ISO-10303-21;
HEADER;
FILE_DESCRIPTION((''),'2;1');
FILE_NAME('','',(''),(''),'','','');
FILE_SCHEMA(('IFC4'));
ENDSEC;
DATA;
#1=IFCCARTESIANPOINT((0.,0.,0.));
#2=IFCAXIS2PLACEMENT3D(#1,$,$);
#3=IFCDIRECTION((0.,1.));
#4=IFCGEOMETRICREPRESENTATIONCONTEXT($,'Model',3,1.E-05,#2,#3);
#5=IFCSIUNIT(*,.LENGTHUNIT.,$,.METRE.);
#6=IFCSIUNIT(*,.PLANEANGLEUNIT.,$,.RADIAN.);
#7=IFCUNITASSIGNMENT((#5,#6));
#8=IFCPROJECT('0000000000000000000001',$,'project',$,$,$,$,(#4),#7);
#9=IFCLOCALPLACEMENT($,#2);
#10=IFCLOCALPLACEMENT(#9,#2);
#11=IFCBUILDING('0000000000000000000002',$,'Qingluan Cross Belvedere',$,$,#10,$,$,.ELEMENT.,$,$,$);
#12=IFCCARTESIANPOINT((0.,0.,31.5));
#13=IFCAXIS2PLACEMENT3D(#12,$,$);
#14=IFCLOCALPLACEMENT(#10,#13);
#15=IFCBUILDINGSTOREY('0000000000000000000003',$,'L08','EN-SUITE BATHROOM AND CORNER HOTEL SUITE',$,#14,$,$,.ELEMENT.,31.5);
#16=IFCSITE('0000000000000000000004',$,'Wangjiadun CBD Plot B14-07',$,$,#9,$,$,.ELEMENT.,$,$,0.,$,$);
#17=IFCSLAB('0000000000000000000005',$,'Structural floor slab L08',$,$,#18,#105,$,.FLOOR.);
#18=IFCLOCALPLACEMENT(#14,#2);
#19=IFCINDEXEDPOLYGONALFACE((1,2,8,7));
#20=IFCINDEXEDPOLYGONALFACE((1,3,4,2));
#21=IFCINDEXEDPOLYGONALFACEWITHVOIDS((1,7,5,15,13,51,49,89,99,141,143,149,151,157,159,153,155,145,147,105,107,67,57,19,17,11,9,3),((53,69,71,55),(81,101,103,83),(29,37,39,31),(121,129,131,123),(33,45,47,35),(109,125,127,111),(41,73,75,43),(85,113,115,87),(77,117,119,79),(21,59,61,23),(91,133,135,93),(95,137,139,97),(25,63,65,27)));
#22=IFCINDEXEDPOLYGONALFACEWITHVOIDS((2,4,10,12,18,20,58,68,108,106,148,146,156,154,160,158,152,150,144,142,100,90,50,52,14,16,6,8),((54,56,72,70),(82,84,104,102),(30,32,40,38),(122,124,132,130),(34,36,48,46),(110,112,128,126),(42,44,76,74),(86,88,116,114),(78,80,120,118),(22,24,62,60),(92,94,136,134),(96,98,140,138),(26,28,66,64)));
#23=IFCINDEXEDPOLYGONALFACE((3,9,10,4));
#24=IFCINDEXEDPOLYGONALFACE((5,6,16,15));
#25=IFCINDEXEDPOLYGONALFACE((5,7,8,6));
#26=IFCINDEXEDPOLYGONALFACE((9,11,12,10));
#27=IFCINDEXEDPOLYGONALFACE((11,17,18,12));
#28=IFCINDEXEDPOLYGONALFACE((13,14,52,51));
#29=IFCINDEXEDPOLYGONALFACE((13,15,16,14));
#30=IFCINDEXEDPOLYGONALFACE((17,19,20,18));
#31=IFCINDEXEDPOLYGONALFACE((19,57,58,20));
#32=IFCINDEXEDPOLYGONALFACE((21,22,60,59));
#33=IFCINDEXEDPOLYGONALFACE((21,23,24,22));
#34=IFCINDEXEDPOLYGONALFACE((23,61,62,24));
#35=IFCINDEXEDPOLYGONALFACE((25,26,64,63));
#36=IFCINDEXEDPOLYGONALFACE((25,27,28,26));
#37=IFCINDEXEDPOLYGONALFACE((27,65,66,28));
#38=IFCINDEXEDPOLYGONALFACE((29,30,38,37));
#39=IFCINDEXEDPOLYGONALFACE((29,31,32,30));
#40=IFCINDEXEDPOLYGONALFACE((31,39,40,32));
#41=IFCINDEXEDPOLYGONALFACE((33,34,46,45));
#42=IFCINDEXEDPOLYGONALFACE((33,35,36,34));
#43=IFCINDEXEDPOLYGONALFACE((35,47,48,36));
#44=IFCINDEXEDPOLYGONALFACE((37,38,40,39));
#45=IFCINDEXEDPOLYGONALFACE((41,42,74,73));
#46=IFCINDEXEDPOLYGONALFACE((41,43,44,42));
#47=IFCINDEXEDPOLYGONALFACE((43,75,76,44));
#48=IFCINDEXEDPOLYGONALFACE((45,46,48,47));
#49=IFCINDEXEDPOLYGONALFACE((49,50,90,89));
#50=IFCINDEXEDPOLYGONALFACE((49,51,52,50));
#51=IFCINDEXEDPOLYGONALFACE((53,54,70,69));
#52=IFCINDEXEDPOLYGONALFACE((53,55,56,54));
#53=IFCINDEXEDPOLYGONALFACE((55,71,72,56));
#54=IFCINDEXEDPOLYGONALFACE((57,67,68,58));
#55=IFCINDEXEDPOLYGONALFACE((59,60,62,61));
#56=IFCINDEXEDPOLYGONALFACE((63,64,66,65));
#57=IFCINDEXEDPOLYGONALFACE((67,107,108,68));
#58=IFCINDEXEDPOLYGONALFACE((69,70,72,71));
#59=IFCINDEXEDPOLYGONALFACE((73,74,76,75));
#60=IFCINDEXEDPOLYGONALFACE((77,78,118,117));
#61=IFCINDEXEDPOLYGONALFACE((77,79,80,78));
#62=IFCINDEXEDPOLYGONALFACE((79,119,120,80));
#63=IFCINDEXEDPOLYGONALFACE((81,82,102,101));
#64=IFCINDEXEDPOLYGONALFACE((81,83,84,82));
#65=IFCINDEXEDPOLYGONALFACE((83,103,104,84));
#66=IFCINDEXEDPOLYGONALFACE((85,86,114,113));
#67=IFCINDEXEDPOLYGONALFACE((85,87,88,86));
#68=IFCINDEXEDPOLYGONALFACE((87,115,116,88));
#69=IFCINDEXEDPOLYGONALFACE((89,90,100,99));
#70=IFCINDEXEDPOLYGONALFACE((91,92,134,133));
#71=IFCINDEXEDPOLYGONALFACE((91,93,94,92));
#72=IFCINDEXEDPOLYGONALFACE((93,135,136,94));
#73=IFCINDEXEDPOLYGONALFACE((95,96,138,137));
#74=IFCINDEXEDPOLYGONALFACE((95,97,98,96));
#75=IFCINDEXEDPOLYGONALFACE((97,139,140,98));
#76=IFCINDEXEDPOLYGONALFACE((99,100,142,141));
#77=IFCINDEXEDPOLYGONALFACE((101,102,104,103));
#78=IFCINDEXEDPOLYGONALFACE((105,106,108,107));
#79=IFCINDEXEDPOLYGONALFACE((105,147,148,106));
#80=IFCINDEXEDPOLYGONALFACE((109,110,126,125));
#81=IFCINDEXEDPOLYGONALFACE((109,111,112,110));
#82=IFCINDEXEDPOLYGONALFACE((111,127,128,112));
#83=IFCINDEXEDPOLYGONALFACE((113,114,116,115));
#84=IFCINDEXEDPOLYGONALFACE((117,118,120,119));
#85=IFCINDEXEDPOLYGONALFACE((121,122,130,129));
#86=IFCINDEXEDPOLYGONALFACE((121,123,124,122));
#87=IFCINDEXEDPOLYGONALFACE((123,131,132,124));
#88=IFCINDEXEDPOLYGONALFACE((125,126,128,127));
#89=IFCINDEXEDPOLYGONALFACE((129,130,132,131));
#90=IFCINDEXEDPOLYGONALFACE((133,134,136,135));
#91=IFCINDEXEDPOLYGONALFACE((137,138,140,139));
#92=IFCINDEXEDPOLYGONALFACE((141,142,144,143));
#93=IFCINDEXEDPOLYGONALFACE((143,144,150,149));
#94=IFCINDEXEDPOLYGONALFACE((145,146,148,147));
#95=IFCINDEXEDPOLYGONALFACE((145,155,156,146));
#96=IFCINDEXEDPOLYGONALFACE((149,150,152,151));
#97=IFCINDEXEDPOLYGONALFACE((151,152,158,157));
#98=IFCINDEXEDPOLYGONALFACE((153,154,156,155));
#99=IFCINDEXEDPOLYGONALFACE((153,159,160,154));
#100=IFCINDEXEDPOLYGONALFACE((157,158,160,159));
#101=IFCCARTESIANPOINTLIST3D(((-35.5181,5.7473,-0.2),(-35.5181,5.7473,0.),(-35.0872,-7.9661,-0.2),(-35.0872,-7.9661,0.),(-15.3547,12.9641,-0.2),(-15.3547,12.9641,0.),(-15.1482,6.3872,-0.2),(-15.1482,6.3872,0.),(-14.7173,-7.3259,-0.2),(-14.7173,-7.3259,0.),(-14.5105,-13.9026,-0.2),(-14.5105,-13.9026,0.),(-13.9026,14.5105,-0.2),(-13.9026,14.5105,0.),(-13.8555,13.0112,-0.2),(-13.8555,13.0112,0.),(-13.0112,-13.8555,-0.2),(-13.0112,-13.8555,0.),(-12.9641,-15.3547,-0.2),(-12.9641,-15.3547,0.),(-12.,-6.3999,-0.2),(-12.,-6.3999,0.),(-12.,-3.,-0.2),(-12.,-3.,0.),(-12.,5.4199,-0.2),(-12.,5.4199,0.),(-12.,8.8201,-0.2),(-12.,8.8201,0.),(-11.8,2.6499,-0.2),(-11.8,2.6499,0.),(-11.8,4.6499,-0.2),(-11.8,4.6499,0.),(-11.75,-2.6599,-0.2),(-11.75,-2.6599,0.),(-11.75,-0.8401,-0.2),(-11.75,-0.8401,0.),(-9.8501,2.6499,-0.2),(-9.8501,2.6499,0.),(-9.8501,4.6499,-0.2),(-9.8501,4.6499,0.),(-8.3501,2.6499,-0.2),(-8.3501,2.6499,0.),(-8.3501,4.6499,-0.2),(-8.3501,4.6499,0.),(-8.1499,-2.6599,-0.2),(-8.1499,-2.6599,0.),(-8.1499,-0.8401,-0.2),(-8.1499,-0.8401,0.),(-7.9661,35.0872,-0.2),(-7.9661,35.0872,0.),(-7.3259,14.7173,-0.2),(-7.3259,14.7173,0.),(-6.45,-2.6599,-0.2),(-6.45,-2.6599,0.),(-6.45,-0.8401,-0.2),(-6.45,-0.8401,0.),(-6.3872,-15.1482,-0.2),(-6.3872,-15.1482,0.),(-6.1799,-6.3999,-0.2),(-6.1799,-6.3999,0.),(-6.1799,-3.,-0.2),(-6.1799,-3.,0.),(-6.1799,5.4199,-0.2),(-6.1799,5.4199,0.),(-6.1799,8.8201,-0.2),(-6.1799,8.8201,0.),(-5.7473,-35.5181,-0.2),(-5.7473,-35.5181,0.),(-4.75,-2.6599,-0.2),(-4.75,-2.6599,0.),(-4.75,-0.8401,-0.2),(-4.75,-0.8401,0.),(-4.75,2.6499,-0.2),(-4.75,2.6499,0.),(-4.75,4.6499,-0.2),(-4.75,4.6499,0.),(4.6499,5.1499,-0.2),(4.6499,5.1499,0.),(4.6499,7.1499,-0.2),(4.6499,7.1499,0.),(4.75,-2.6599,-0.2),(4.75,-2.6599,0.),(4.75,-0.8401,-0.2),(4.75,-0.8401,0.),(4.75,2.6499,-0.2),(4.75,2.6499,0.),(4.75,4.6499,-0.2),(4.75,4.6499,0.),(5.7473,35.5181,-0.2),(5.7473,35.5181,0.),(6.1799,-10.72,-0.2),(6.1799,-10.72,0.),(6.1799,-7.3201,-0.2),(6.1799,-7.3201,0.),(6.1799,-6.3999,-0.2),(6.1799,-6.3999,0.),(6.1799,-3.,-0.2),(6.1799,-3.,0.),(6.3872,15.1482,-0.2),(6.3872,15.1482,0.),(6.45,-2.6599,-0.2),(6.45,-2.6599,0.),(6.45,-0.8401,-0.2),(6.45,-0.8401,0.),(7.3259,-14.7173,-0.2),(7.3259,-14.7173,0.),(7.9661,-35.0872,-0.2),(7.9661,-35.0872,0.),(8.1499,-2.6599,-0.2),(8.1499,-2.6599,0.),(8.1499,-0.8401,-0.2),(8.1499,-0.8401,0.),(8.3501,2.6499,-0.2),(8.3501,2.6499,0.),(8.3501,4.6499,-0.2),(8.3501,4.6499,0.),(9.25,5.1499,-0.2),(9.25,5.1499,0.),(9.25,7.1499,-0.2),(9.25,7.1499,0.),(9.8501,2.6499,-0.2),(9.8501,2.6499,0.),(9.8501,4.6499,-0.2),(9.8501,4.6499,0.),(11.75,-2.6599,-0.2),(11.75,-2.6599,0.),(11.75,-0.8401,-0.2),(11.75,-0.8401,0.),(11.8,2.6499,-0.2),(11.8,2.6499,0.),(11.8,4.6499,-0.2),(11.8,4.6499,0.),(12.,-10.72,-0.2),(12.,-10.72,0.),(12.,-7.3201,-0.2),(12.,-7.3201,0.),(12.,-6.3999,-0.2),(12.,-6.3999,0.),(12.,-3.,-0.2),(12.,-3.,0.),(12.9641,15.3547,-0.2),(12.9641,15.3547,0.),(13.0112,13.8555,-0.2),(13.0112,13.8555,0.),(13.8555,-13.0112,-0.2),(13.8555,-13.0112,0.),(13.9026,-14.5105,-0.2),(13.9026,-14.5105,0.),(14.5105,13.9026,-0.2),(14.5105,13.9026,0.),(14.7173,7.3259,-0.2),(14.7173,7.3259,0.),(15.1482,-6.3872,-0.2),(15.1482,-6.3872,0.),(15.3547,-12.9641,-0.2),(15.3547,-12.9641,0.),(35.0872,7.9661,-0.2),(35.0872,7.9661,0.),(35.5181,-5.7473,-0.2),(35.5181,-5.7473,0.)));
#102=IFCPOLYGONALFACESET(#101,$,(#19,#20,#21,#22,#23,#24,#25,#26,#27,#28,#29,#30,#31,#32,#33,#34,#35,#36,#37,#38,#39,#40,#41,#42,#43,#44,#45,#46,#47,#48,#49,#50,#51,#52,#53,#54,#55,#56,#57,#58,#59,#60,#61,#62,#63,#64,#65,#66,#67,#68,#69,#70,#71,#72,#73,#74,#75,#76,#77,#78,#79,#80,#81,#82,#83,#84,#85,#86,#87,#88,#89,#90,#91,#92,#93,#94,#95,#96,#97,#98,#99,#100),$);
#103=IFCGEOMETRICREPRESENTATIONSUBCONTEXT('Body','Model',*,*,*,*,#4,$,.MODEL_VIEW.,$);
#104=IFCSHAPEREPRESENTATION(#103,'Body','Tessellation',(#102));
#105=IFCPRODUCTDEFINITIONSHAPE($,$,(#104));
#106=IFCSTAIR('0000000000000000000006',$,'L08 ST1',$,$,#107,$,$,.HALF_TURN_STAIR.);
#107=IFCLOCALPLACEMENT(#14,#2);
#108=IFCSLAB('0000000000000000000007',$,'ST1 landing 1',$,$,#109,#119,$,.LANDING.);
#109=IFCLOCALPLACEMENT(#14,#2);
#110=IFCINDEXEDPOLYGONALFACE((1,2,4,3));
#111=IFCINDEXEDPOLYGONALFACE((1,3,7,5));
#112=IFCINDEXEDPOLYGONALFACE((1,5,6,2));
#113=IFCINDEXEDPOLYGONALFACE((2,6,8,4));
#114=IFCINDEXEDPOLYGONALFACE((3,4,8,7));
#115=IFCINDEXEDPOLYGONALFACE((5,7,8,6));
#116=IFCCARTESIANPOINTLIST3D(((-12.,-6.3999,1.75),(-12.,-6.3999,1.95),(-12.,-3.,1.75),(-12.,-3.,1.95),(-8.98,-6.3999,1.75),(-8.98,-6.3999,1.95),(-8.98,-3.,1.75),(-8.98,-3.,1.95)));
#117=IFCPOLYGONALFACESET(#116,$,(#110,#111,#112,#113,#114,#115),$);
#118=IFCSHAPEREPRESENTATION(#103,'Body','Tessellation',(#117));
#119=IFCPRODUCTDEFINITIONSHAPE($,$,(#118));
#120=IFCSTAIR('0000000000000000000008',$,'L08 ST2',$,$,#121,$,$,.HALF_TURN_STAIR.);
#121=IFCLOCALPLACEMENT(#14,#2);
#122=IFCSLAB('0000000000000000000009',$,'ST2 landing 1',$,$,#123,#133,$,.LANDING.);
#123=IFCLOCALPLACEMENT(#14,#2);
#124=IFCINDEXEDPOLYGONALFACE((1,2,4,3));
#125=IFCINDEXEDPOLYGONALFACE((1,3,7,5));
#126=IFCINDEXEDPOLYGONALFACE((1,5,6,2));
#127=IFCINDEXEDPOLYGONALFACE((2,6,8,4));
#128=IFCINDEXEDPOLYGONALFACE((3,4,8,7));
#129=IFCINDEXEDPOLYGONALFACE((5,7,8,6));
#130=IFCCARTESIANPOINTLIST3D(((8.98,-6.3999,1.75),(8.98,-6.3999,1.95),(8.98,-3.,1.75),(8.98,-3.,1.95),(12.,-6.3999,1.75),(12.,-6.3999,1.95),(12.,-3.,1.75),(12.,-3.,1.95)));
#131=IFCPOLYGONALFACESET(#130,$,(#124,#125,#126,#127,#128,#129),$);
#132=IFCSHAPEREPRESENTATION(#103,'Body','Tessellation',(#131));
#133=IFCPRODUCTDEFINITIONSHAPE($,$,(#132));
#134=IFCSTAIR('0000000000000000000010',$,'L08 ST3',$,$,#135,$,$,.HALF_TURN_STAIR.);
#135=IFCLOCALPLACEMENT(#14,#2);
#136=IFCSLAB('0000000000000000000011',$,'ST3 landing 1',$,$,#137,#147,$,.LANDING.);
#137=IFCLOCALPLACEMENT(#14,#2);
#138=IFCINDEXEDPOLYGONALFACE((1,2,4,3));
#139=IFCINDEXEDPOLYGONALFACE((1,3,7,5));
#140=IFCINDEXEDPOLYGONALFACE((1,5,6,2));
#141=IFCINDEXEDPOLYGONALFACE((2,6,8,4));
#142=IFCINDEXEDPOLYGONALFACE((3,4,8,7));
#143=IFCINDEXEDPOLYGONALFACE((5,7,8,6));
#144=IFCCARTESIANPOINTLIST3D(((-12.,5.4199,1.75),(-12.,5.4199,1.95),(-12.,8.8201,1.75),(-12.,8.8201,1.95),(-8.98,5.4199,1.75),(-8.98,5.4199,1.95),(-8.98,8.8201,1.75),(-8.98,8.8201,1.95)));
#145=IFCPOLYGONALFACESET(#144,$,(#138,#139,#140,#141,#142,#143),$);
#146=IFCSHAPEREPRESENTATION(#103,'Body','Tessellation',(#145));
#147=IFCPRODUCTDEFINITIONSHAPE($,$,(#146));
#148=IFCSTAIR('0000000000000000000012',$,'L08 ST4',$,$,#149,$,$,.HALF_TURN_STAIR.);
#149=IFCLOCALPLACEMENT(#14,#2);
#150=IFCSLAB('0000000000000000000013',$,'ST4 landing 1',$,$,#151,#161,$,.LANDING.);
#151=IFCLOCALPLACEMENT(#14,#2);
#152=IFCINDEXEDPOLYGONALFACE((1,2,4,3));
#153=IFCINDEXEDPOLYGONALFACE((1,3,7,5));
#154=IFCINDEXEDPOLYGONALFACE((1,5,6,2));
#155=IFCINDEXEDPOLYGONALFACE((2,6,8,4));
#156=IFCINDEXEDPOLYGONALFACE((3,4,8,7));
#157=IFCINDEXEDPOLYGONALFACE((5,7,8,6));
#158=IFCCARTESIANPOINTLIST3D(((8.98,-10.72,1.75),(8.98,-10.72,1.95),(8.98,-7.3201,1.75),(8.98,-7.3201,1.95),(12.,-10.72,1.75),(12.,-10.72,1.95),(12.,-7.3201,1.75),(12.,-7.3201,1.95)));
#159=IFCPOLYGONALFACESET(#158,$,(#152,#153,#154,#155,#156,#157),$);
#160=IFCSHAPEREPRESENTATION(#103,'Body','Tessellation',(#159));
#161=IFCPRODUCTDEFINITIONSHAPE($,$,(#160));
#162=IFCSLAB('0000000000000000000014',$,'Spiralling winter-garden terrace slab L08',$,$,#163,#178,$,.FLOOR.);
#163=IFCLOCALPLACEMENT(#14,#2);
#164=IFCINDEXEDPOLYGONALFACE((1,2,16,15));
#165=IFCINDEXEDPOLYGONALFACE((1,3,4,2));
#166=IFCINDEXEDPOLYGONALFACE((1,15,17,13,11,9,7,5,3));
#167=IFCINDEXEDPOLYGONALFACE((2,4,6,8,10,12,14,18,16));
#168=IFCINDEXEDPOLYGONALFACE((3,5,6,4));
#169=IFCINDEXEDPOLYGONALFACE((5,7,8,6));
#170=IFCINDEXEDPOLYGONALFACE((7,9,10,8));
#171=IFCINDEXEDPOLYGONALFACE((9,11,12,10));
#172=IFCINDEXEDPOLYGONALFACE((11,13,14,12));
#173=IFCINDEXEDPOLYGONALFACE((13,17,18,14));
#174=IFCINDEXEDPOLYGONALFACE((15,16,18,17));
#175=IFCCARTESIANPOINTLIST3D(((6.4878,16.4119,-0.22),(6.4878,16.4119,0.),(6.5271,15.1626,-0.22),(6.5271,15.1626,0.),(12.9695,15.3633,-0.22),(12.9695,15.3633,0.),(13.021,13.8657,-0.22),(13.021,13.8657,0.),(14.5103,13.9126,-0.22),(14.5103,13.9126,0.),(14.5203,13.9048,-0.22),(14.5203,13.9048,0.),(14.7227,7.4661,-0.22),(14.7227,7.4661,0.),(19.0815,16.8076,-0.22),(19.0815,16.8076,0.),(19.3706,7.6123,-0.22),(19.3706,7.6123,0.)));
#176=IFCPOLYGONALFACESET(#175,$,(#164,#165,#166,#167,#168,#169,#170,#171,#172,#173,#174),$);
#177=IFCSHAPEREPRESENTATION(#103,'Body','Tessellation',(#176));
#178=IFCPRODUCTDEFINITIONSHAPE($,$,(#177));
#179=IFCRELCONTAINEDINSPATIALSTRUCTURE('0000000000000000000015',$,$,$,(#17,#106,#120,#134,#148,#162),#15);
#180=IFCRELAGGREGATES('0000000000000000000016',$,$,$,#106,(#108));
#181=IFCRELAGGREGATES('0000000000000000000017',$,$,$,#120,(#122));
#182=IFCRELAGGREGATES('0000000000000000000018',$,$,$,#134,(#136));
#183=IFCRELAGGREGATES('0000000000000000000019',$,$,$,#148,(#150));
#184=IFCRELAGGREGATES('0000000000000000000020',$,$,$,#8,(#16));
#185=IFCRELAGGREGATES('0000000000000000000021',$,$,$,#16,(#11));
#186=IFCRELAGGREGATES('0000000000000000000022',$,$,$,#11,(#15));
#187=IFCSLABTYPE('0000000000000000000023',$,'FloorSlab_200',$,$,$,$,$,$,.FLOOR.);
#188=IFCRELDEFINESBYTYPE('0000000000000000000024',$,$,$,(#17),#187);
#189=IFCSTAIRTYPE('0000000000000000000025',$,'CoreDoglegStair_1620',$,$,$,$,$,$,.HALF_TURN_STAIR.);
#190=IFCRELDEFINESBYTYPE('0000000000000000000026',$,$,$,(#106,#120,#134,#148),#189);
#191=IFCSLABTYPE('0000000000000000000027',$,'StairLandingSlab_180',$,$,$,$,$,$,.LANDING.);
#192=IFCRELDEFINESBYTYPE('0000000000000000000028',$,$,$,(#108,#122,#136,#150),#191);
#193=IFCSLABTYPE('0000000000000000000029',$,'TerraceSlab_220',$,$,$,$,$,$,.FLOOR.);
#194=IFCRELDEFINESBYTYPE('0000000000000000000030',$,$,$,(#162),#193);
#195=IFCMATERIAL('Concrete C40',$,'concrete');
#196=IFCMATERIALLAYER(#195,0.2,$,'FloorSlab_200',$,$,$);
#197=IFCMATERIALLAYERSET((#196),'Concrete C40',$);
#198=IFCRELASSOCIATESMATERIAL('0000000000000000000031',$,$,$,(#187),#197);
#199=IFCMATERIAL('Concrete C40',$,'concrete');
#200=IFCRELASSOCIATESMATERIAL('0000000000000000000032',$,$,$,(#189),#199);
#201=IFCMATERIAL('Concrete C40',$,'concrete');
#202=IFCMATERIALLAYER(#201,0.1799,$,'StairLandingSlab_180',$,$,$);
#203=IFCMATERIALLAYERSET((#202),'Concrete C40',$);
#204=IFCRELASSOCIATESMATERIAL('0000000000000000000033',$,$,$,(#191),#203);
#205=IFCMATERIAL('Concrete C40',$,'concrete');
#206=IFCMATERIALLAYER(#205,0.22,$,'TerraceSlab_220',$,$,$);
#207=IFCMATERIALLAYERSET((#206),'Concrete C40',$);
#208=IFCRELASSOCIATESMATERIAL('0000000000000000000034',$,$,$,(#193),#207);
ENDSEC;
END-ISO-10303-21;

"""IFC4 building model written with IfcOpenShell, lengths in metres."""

from ifc_helpers import new_model, si_unit, direction, frame, origin, place, context, subcontext, project, spatial, polyline, outline, extrude, material, layer, layer_set, type_object, element, aggregate, save


model = new_model("IFC4")

# Units and contexts
model_context = context("Model", 3, precision=1e-05, world=origin(), true_north=direction((0.0, 1.0)))
body_context = subcontext(model_context, "Body", "Model", "MODEL_VIEW")
ifc_project = project(units=[si_unit("LENGTHUNIT", "METRE"), si_unit("PLANEANGLEUNIT", "RADIAN")], contexts=[model_context])

# Site, building, storey
site_placement = place(None, origin())
site = spatial("IfcSite", under=ifc_project, at=site_placement, Name="Wangjiadun CBD Plot B14-07", CompositionType="ELEMENT", RefElevation=0.0)
building_placement = place(site_placement, origin())
building = spatial("IfcBuilding", under=site, at=building_placement, Name="Qingluan Cross Belvedere", CompositionType="ELEMENT")
storey_placement = place(building_placement, frame((0.0, 0.0, 31.5)))
storey = spatial("IfcBuildingStorey", under=building, at=storey_placement, Name="L08", Description="EN-SUITE BATHROOM AND CORNER HOTEL SUITE", CompositionType="ELEMENT", Elevation=31.5)

# Slab
ifc_material_1 = material(Name="Concrete C40", Category="concrete")
ifc_layer_1 = layer(ifc_material_1, 0.2, Name="FloorSlab_200")
ifc_layer_set_1 = layer_set([ifc_layer_1], Name="Concrete C40")
slab_type_1 = type_object("IfcSlabType", Name="FloorSlab_200", PredefinedType="FLOOR", material=ifc_layer_set_1)
slab_1_placement = place(storey_placement, frame((0.0, 0.0, -0.2)))
element("IfcSlab", 1, at=slab_1_placement, inside=storey, type_object=slab_type_1, Name="Structural floor slab L08", PredefinedType="FLOOR", context=body_context, shape_type="SweptSolid", body=[
    extrude(outline(polyline([(7.9661, -35.0872), (7.3259, -14.7173), (13.9026, -14.5105), (13.8555, -13.0112), (15.3547, -12.9641), (15.1482, -6.3872), (35.5181, -5.7473), (35.0872, 7.9661), (14.7173, 7.3259), (14.5105, 13.9026), (13.0112, 13.8555), (12.9641, 15.3547), (6.3872, 15.1482), (5.7473, 35.5181), (-7.9661, 35.0872), (-7.3259, 14.7173), (-13.9026, 14.5105), (-13.8555, 13.0112), (-15.3547, 12.9641), (-15.1482, 6.3872), (-35.5181, 5.7473), (-35.0872, -7.9661), (-14.7173, -7.3259), (-14.5105, -13.9026), (-13.0112, -13.8555), (-12.9641, -15.3547), (-6.3872, -15.1482), (-5.7473, -35.5181), (7.9661, -35.0872)]), holes=[polyline([(-12.0, -3.0), (-6.1799, -3.0), (-6.1799, -6.3999), (-12.0, -6.3999), (-12.0, -3.0)]), polyline([(6.1799, -3.0), (12.0, -3.0), (12.0, -6.3999), (6.1799, -6.3999), (6.1799, -3.0)]), polyline([(-12.0, 8.8201), (-6.1799, 8.8201), (-6.1799, 5.4199), (-12.0, 5.4199), (-12.0, 8.8201)]), polyline([(6.1799, -7.3201), (12.0, -7.3201), (12.0, -10.72), (6.1799, -10.72), (6.1799, -7.3201)]), polyline([(-11.8, 4.6499), (-9.8501, 4.6499), (-9.8501, 2.6499), (-11.8, 2.6499), (-11.8, 4.6499)]), polyline([(-8.3501, 4.6499), (-4.75, 4.6499), (-4.75, 2.6499), (-8.3501, 2.6499), (-8.3501, 4.6499)]), polyline([(4.75, 4.6499), (8.3501, 4.6499), (8.3501, 2.6499), (4.75, 2.6499), (4.75, 4.6499)]), polyline([(9.8501, 4.6499), (11.8, 4.6499), (11.8, 2.6499), (9.8501, 2.6499), (9.8501, 4.6499)]), polyline([(-11.75, -0.8401), (-8.1499, -0.8401), (-8.1499, -2.6599), (-11.75, -2.6599), (-11.75, -0.8401)]), polyline([(-6.45, -0.8401), (-4.75, -0.8401), (-4.75, -2.6599), (-6.45, -2.6599), (-6.45, -0.8401)]), polyline([(4.75, -0.8401), (6.45, -0.8401), (6.45, -2.6599), (4.75, -2.6599), (4.75, -0.8401)]), polyline([(8.1499, -0.8401), (11.75, -0.8401), (11.75, -2.6599), (8.1499, -2.6599), (8.1499, -0.8401)]), polyline([(4.6499, 7.1499), (9.25, 7.1499), (9.25, 5.1499), (4.6499, 5.1499), (4.6499, 7.1499)])]), origin(), (0.0, 0.0, 1.0), 0.2),
])

# Stairs, slabs
ifc_material_2 = material(Name="Concrete C40", Category="concrete")
stair_type = type_object("IfcStairType", Name="CoreDoglegStair_1620", PredefinedType="HALF_TURN_STAIR", material=ifc_material_2)
stair_1_placement = place(storey_placement, origin())
stair_1 = element("IfcStair", 2, at=stair_1_placement, inside=storey, type_object=stair_type, Name="L08 ST1", PredefinedType="HALF_TURN_STAIR")
ifc_material_3 = material(Name="Concrete C40", Category="concrete")
ifc_layer_2 = layer(ifc_material_3, 0.1799, Name="StairLandingSlab_180")
ifc_layer_set_2 = layer_set([ifc_layer_2], Name="Concrete C40")
slab_type_2 = type_object("IfcSlabType", Name="StairLandingSlab_180", PredefinedType="LANDING", material=ifc_layer_set_2)
slab_2_placement = place(storey_placement, frame((0.0, 0.0, 1.75)))
slab_2 = element("IfcSlab", 3, at=slab_2_placement, type_object=slab_type_2, Name="ST1 landing 1", PredefinedType="LANDING", context=body_context, shape_type="SweptSolid", body=[
    extrude(outline(polyline([(-8.98, -3.0), (-12.0, -3.0), (-12.0, -6.3999), (-8.98, -6.3999), (-8.98, -3.0)])), origin(), (0.0, 0.0, 1.0), 0.2),
])
aggregate(stair_1, [slab_2])
stair_2_placement = place(storey_placement, origin())
stair_2 = element("IfcStair", 4, at=stair_2_placement, inside=storey, type_object=stair_type, Name="L08 ST2", PredefinedType="HALF_TURN_STAIR")
slab_3_placement = place(storey_placement, frame((0.0, 0.0, 1.75)))
slab_3 = element("IfcSlab", 5, at=slab_3_placement, type_object=slab_type_2, Name="ST2 landing 1", PredefinedType="LANDING", context=body_context, shape_type="SweptSolid", body=[
    extrude(outline(polyline([(8.98, -6.3999), (12.0, -6.3999), (12.0, -3.0), (8.98, -3.0), (8.98, -6.3999)])), origin(), (0.0, 0.0, 1.0), 0.2),
])
aggregate(stair_2, [slab_3])
stair_3_placement = place(storey_placement, origin())
stair_3 = element("IfcStair", 6, at=stair_3_placement, inside=storey, type_object=stair_type, Name="L08 ST3", PredefinedType="HALF_TURN_STAIR")
slab_4_placement = place(storey_placement, frame((0.0, 0.0, 1.75)))
slab_4 = element("IfcSlab", 7, at=slab_4_placement, type_object=slab_type_2, Name="ST3 landing 1", PredefinedType="LANDING", context=body_context, shape_type="SweptSolid", body=[
    extrude(outline(polyline([(-8.98, 8.8201), (-12.0, 8.8201), (-12.0, 5.4199), (-8.98, 5.4199), (-8.98, 8.8201)])), origin(), (0.0, 0.0, 1.0), 0.2),
])
aggregate(stair_3, [slab_4])
stair_4_placement = place(storey_placement, origin())
stair_4 = element("IfcStair", 8, at=stair_4_placement, inside=storey, type_object=stair_type, Name="L08 ST4", PredefinedType="HALF_TURN_STAIR")
slab_5_placement = place(storey_placement, frame((0.0, 0.0, 1.75)))
slab_5 = element("IfcSlab", 9, at=slab_5_placement, type_object=slab_type_2, Name="ST4 landing 1", PredefinedType="LANDING", context=body_context, shape_type="SweptSolid", body=[
    extrude(outline(polyline([(8.98, -10.72), (12.0, -10.72), (12.0, -7.3201), (8.98, -7.3201), (8.98, -10.72)])), origin(), (0.0, 0.0, 1.0), 0.2),
])
aggregate(stair_4, [slab_5])

# Slab
ifc_material_4 = material(Name="Concrete C40", Category="concrete")
ifc_layer_3 = layer(ifc_material_4, 0.22, Name="TerraceSlab_220")
ifc_layer_set_3 = layer_set([ifc_layer_3], Name="Concrete C40")
slab_type_3 = type_object("IfcSlabType", Name="TerraceSlab_220", PredefinedType="FLOOR", material=ifc_layer_set_3)
slab_6_placement = place(storey_placement, frame((0.0, 0.0, -0.22)))
element("IfcSlab", 10, at=slab_6_placement, inside=storey, type_object=slab_type_3, Name="Spiralling winter-garden terrace slab L08", PredefinedType="FLOOR", context=body_context, shape_type="SweptSolid", body=[
    extrude(outline(polyline([(6.5271, 15.1626), (12.9695, 15.3633), (13.021, 13.8657), (14.5103, 13.9126), (14.5203, 13.9048), (14.7227, 7.4661), (19.3706, 7.6123), (19.0815, 16.8076), (6.4878, 16.4119), (6.5271, 15.1626)])), origin(), (0.0, 0.0, 1.0), 0.22),
])

save(model, "model.ifc")
